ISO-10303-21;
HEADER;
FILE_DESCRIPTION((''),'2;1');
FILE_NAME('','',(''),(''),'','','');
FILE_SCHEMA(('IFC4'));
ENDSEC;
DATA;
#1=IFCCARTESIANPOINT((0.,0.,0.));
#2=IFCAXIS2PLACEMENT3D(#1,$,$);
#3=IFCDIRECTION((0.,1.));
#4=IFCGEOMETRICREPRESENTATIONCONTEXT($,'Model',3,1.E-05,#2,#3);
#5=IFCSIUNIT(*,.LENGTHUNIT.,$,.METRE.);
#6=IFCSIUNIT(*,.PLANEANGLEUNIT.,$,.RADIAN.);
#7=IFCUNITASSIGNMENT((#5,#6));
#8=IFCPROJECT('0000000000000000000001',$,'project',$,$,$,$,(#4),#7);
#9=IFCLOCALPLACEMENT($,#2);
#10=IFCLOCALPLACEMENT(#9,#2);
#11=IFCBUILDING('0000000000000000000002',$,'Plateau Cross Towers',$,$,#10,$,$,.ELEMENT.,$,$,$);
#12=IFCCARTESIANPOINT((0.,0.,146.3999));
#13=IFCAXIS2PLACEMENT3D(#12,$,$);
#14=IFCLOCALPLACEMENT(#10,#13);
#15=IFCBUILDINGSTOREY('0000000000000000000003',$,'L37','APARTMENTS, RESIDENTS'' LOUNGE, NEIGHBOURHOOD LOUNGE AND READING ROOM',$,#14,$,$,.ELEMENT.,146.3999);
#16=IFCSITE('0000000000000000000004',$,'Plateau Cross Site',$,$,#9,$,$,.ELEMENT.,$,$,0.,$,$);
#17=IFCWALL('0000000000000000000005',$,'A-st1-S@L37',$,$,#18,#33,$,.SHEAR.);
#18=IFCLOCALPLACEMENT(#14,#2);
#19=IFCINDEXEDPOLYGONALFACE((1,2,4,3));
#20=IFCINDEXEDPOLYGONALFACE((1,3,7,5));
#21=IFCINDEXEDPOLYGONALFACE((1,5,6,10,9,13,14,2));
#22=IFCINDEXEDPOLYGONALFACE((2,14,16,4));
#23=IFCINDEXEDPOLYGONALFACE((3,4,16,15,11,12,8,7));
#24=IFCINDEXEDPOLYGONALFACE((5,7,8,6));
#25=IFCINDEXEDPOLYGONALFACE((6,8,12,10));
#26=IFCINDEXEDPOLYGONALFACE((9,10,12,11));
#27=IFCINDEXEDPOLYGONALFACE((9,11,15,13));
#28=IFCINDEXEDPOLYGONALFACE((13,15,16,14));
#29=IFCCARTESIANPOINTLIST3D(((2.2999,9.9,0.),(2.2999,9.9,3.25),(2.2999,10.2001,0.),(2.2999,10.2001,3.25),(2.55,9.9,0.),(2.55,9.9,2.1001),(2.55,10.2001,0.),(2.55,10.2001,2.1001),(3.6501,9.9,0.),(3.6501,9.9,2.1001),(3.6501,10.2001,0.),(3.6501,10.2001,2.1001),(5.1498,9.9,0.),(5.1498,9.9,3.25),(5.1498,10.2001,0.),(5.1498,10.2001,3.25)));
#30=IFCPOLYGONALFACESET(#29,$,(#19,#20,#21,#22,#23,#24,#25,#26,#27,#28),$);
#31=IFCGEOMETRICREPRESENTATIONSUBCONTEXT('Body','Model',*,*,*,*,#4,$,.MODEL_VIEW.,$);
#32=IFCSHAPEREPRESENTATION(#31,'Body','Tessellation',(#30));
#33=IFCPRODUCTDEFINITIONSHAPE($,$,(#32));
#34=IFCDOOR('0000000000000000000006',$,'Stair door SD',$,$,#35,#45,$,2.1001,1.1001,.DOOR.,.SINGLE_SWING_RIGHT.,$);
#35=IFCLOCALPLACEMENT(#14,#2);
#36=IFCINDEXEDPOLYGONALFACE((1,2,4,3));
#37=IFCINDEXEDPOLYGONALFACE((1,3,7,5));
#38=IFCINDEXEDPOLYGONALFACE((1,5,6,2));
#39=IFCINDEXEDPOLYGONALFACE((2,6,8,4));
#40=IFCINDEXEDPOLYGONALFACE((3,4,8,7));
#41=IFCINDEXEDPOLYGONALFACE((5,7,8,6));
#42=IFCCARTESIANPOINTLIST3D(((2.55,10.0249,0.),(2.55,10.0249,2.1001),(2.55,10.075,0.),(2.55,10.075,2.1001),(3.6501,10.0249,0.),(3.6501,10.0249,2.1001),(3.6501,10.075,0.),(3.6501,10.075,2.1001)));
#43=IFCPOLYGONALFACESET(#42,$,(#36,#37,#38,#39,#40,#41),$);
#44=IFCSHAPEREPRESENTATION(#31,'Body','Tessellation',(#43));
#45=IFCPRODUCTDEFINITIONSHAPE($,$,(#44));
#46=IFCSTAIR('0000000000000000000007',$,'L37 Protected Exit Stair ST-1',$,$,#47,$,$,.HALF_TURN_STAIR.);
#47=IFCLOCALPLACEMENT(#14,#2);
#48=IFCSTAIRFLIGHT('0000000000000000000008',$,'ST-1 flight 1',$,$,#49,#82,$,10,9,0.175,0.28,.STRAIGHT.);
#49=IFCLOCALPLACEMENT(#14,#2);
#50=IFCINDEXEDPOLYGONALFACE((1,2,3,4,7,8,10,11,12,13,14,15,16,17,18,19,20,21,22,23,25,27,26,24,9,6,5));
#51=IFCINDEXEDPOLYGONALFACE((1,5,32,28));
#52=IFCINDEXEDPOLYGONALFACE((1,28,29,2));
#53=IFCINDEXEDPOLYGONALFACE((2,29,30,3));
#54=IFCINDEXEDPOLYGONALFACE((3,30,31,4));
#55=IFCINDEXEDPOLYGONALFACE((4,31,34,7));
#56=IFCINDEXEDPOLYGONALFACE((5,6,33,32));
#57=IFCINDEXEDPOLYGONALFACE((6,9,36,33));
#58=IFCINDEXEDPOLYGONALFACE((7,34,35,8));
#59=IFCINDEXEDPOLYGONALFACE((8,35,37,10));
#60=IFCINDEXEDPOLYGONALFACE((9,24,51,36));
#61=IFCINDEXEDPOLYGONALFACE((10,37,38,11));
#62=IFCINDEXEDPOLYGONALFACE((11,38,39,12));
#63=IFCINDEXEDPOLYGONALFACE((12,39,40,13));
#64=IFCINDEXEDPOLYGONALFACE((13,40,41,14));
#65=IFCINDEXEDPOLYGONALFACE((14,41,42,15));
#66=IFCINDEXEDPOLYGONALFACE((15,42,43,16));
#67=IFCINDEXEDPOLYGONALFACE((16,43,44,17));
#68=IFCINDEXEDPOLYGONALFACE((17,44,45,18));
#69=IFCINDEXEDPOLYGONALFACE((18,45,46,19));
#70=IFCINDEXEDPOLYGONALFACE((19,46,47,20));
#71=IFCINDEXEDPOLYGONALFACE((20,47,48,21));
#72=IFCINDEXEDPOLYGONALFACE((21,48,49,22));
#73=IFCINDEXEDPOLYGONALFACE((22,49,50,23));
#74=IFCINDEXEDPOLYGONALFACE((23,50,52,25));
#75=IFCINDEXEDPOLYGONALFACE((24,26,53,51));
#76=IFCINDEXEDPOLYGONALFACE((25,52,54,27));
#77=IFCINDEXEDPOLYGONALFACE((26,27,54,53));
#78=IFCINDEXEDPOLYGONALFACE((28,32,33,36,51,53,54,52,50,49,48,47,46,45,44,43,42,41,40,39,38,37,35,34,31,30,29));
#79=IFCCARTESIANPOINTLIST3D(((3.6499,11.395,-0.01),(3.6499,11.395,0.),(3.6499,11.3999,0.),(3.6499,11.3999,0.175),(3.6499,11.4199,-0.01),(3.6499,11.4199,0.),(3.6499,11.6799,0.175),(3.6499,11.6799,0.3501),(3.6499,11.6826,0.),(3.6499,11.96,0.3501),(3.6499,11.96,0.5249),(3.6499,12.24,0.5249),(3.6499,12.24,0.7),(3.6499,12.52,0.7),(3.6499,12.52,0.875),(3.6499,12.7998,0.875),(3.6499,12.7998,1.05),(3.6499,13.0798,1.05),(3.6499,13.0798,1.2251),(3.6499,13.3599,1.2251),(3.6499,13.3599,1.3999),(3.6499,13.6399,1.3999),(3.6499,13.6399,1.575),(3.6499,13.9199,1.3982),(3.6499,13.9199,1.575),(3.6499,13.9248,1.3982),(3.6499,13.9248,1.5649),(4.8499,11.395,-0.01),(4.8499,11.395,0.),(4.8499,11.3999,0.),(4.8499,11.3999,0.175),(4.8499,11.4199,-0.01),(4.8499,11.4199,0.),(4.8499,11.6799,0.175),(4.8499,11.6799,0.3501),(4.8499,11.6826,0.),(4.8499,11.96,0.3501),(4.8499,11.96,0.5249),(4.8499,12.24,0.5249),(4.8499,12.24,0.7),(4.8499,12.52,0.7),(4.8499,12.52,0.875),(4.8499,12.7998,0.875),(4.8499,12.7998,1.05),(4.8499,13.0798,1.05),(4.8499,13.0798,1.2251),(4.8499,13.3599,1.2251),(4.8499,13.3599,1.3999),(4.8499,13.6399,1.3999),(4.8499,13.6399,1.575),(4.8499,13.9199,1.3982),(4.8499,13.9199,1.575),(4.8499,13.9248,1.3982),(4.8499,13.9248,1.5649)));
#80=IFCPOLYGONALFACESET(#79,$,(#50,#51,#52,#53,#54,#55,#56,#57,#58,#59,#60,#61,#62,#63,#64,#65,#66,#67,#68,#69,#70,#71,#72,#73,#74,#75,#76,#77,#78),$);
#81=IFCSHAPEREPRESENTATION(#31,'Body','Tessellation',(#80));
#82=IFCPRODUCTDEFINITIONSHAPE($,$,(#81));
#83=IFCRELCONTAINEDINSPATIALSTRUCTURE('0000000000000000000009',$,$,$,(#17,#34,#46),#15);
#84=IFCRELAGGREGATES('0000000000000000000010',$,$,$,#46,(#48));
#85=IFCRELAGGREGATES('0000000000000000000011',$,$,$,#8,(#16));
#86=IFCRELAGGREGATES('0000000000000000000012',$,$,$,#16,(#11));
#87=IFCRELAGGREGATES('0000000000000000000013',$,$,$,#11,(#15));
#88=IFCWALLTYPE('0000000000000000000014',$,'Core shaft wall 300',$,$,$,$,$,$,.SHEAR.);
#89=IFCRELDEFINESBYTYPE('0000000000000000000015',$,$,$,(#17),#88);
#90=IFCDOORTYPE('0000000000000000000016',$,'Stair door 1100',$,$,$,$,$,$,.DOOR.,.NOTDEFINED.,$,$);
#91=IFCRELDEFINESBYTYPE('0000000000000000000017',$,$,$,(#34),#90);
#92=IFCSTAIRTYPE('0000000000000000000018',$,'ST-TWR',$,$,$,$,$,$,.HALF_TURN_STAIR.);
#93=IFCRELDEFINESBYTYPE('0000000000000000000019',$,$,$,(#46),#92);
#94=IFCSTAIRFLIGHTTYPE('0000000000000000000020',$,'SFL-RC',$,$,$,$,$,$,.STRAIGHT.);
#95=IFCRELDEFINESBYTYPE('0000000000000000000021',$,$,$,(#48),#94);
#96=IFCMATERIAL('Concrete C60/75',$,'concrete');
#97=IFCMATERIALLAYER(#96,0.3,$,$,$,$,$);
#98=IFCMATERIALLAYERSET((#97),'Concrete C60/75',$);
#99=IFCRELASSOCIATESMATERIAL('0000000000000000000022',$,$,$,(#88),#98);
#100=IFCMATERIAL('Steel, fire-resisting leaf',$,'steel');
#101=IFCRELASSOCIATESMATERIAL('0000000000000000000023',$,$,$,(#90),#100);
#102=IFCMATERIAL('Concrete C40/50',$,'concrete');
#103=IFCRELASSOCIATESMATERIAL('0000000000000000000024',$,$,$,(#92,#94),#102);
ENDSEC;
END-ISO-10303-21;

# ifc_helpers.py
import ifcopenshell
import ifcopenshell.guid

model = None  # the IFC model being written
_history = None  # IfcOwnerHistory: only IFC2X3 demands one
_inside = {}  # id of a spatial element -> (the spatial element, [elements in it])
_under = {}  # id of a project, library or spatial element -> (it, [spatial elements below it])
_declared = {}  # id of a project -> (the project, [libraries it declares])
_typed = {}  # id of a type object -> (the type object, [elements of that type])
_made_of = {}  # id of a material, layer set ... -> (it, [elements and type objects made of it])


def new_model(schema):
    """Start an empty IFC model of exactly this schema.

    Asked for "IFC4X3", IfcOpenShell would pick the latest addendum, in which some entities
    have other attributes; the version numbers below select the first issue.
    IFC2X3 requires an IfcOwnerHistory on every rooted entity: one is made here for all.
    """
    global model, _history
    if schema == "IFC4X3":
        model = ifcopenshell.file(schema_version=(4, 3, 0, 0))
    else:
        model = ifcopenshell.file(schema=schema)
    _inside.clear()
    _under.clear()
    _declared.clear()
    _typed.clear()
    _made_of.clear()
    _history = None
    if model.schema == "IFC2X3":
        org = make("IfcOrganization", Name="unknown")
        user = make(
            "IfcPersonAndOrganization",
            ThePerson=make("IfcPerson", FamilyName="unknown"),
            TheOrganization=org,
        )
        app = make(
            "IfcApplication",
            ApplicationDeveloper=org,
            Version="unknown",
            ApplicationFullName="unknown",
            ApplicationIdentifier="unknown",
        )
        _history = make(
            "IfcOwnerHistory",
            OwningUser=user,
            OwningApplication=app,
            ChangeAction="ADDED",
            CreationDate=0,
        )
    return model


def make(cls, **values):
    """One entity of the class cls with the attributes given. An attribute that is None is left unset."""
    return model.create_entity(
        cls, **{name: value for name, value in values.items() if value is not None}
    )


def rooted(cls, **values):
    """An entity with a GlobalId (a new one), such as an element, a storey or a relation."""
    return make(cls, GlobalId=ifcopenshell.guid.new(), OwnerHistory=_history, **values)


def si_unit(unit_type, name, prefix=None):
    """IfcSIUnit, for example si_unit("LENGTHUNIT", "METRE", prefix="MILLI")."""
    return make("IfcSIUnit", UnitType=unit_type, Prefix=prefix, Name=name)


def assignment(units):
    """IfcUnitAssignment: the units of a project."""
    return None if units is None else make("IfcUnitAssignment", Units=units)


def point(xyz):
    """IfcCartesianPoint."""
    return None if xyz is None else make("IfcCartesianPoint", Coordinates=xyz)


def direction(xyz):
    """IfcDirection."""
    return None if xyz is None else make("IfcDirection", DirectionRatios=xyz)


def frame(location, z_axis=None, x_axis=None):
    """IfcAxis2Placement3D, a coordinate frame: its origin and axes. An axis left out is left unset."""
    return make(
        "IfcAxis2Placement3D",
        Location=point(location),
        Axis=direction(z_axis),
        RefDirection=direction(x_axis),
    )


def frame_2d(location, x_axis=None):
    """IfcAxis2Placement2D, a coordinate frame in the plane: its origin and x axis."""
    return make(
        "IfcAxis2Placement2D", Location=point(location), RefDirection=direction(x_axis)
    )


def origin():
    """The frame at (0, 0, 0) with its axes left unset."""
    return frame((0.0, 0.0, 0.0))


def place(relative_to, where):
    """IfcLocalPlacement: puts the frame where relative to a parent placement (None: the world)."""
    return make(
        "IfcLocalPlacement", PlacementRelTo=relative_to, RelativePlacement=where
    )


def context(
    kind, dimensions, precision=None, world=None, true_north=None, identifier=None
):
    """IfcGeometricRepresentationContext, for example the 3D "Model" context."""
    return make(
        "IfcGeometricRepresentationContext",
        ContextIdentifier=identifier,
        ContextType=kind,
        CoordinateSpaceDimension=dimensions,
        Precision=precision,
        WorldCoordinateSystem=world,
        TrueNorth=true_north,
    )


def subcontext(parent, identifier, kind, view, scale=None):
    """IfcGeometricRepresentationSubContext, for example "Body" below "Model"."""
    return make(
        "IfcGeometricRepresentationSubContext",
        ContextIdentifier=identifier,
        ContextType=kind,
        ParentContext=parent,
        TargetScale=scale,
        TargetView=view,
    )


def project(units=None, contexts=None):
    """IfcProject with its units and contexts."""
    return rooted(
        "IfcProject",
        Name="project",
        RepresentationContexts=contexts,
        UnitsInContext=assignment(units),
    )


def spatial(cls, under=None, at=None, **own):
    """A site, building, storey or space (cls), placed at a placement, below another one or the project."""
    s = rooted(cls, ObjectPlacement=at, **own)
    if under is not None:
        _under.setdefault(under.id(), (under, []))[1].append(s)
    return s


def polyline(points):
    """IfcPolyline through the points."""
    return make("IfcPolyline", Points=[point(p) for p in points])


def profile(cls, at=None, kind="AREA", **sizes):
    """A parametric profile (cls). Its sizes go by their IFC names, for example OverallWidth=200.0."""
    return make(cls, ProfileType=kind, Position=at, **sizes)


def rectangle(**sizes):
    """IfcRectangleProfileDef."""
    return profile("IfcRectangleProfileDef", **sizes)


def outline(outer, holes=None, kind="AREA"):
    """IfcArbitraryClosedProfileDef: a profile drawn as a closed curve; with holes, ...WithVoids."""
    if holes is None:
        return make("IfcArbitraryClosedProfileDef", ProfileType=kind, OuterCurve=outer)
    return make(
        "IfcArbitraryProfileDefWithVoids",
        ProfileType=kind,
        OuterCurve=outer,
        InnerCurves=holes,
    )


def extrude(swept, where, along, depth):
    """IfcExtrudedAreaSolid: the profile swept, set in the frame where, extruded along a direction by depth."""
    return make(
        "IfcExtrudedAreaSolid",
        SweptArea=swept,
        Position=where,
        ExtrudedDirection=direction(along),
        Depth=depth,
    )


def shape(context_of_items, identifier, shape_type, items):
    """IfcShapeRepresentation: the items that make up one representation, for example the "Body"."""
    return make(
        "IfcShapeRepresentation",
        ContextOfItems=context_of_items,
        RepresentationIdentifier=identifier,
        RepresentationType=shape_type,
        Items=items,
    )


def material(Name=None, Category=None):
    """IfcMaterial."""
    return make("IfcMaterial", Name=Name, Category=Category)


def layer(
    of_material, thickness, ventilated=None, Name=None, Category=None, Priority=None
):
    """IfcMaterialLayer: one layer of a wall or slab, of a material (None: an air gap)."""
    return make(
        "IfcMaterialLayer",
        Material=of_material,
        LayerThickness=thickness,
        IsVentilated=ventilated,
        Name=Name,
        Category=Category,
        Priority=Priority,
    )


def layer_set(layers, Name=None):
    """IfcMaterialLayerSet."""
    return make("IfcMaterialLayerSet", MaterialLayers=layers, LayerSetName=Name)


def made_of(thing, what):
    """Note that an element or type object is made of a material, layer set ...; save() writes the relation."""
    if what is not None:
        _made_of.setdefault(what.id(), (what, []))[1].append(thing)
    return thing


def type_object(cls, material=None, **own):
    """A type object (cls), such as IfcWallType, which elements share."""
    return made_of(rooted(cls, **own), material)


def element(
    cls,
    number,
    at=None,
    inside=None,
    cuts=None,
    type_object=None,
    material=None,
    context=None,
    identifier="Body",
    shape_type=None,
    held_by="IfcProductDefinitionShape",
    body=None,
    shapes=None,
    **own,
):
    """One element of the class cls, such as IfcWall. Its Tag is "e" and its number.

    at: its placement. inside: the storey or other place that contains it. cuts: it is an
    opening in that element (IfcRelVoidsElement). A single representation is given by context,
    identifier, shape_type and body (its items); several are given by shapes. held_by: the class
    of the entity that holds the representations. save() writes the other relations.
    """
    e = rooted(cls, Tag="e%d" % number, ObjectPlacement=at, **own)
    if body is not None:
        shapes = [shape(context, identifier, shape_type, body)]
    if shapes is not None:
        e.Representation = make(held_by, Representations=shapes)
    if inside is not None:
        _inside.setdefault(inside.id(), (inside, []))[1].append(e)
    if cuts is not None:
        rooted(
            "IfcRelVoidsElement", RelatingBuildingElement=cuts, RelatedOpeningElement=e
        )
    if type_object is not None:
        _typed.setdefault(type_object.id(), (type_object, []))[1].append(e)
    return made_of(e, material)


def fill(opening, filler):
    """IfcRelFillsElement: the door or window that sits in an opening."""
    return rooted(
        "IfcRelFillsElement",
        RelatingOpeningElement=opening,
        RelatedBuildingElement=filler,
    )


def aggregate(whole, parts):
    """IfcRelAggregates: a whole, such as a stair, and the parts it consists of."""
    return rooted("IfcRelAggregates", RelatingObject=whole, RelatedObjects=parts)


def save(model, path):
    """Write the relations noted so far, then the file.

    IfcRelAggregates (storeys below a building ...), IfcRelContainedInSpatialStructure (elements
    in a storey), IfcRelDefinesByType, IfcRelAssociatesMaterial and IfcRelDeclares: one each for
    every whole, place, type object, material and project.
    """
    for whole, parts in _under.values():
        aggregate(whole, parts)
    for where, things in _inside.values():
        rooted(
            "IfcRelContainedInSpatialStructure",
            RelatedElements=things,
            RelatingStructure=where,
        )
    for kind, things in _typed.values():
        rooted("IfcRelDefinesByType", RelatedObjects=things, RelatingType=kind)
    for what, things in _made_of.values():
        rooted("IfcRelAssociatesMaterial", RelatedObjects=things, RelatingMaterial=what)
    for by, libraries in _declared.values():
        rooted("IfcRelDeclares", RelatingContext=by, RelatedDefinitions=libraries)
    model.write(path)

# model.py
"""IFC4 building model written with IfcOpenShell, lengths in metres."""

from ifc_helpers import new_model, si_unit, direction, frame, frame_2d, origin, place, context, subcontext, project, spatial, polyline, rectangle, outline, extrude, material, layer, layer_set, type_object, element, fill, aggregate, save


model = new_model("IFC4")

# Units and contexts
model_context = context("Model", 3, precision=1e-05, world=origin(), true_north=direction((0.0, 1.0)))
body_context = subcontext(model_context, "Body", "Model", "MODEL_VIEW")
ifc_project = project(units=[si_unit("LENGTHUNIT", "METRE"), si_unit("PLANEANGLEUNIT", "RADIAN")], contexts=[model_context])

# Site, building, storey
site_placement = place(None, origin())
site = spatial("IfcSite", under=ifc_project, at=site_placement, Name="Plateau Cross Site", CompositionType="ELEMENT", RefElevation=0.0)
building_placement = place(site_placement, origin())
building = spatial("IfcBuilding", under=site, at=building_placement, Name="Plateau Cross Towers", CompositionType="ELEMENT")
storey_placement = place(building_placement, frame((0.0, 0.0, 146.3999)))
storey = spatial("IfcBuildingStorey", under=building, at=storey_placement, Name="L37", Description="APARTMENTS, RESIDENTS' LOUNGE, NEIGHBOURHOOD LOUNGE AND READING ROOM", CompositionType="ELEMENT", Elevation=146.3999)

# Shared definitions
ifc_material_1 = material(Name="Concrete C60/75", Category="concrete")
ifc_layer_1 = layer(ifc_material_1, 0.3)
ifc_layer_set_1 = layer_set([ifc_layer_1], Name="Concrete C60/75")
wall_type = type_object("IfcWallType", Name="Core shaft wall 300", PredefinedType="SHEAR", material=ifc_layer_set_1)
ifc_material_2 = material(Name="Steel, fire-resisting leaf", Category="steel")
door_type_1 = type_object("IfcDoorType", Name="Stair door 1100", OperationType="NOTDEFINED", PredefinedType="DOOR", material=ifc_material_2)

# Wall, opening, door
wall_1_placement = place(storey_placement, frame((2.3, 10.05, 0.0), z_axis=(0.0, 0.0, 1.0), x_axis=(1.0, 0.0, 0.0)))
wall_1 = element("IfcWall", 1, at=wall_1_placement, inside=storey, type_object=wall_type, Name="A-st1-S@L37", PredefinedType="SHEAR", context=body_context, shape_type="SweptSolid", body=[
    extrude(rectangle(XDim=2.8499, YDim=0.3, at=frame_2d((1.4248, 0.0))), origin(), (0.0, 0.0, 1.0), 3.25),
])
opening_1_placement = place(wall_1_placement, frame((0.25, 0.0, 0.0)))
opening_1 = element("IfcOpeningElement", 2, at=opening_1_placement, cuts=wall_1, PredefinedType="OPENING", context=body_context, shape_type="SweptSolid", body=[
    extrude(rectangle(XDim=1.1001, YDim=2.1001, at=frame_2d((0.55, 1.05))), frame((0.0, 0.1599, 0.0), z_axis=(0.0, -1.0, 0.0), x_axis=(1.0, 0.0, 0.0)), (0.0, 0.0, 1.0), 0.3201),
])
door_1_placement = place(opening_1_placement, origin())
door_1 = element("IfcDoor", 3, at=door_1_placement, inside=storey, type_object=door_type_1, Name="Stair door SD", OperationType="SINGLE_SWING_RIGHT", OverallHeight=2.1001, OverallWidth=1.1001, PredefinedType="DOOR", context=body_context, shape_type="SweptSolid", body=[
    extrude(rectangle(XDim=1.1001, YDim=2.1001, at=frame_2d((0.55, 1.05))), frame((0.0, 0.0249, 0.0), z_axis=(0.0, -1.0, 0.0), x_axis=(1.0, 0.0, 0.0)), (0.0, 0.0, 1.0), 0.05),
])
fill(opening_1, door_1)

# Stair, stair flight
ifc_material_3 = material(Name="Concrete C40/50", Category="concrete")
stair_type = type_object("IfcStairType", Name="ST-TWR", PredefinedType="HALF_TURN_STAIR", material=ifc_material_3)
stair_placement = place(storey_placement, origin())
stair = element("IfcStair", 4, at=stair_placement, inside=storey, type_object=stair_type, Name="L37 Protected Exit Stair ST-1", PredefinedType="HALF_TURN_STAIR")
stair_flight_type = type_object("IfcStairFlightType", Name="SFL-RC", PredefinedType="STRAIGHT", material=ifc_material_3)
stair_flight_placement = place(storey_placement, frame((4.25, 11.3999, 0.0), z_axis=(0.0, 0.0, 1.0), x_axis=(0.0, 1.0, 0.0)))
stair_flight = element("IfcStairFlight", 5, at=stair_flight_placement, type_object=stair_flight_type, Name="ST-1 flight 1", NumberOfRisers=10, NumberOfTreads=9, PredefinedType="STRAIGHT", RiserHeight=0.175, TreadLength=0.28, context=body_context, shape_type="SweptSolid", body=[
    extrude(outline(polyline([(-0.0049, -0.01), (-0.0049, 0.0), (0.0, 0.0), (0.0, 0.175), (0.28, 0.175), (0.28, 0.3501), (0.5601, 0.3501), (0.5601, 0.5249), (0.8401, 0.5249), (0.8401, 0.7), (1.1201, 0.7), (1.1201, 0.875), (1.3999, 0.875), (1.3999, 1.05), (1.6799, 1.05), (1.6799, 1.2251), (1.96, 1.2251), (1.96, 1.3999), (2.24, 1.3999), (2.24, 1.575), (2.52, 1.575), (2.5249, 1.5649), (2.5249, 1.3982), (2.52, 1.3982), (0.2827, 0.0), (0.02, 0.0), (0.02, -0.01), (-0.0049, -0.01)])), frame((0.0, 0.6001, 0.0), z_axis=(0.0, -1.0, 0.0), x_axis=(1.0, 0.0, 0.0)), (0.0, 0.0, 1.0), 1.2),
])
aggregate(stair, [stair_flight])

save(model, "model.ifc")
